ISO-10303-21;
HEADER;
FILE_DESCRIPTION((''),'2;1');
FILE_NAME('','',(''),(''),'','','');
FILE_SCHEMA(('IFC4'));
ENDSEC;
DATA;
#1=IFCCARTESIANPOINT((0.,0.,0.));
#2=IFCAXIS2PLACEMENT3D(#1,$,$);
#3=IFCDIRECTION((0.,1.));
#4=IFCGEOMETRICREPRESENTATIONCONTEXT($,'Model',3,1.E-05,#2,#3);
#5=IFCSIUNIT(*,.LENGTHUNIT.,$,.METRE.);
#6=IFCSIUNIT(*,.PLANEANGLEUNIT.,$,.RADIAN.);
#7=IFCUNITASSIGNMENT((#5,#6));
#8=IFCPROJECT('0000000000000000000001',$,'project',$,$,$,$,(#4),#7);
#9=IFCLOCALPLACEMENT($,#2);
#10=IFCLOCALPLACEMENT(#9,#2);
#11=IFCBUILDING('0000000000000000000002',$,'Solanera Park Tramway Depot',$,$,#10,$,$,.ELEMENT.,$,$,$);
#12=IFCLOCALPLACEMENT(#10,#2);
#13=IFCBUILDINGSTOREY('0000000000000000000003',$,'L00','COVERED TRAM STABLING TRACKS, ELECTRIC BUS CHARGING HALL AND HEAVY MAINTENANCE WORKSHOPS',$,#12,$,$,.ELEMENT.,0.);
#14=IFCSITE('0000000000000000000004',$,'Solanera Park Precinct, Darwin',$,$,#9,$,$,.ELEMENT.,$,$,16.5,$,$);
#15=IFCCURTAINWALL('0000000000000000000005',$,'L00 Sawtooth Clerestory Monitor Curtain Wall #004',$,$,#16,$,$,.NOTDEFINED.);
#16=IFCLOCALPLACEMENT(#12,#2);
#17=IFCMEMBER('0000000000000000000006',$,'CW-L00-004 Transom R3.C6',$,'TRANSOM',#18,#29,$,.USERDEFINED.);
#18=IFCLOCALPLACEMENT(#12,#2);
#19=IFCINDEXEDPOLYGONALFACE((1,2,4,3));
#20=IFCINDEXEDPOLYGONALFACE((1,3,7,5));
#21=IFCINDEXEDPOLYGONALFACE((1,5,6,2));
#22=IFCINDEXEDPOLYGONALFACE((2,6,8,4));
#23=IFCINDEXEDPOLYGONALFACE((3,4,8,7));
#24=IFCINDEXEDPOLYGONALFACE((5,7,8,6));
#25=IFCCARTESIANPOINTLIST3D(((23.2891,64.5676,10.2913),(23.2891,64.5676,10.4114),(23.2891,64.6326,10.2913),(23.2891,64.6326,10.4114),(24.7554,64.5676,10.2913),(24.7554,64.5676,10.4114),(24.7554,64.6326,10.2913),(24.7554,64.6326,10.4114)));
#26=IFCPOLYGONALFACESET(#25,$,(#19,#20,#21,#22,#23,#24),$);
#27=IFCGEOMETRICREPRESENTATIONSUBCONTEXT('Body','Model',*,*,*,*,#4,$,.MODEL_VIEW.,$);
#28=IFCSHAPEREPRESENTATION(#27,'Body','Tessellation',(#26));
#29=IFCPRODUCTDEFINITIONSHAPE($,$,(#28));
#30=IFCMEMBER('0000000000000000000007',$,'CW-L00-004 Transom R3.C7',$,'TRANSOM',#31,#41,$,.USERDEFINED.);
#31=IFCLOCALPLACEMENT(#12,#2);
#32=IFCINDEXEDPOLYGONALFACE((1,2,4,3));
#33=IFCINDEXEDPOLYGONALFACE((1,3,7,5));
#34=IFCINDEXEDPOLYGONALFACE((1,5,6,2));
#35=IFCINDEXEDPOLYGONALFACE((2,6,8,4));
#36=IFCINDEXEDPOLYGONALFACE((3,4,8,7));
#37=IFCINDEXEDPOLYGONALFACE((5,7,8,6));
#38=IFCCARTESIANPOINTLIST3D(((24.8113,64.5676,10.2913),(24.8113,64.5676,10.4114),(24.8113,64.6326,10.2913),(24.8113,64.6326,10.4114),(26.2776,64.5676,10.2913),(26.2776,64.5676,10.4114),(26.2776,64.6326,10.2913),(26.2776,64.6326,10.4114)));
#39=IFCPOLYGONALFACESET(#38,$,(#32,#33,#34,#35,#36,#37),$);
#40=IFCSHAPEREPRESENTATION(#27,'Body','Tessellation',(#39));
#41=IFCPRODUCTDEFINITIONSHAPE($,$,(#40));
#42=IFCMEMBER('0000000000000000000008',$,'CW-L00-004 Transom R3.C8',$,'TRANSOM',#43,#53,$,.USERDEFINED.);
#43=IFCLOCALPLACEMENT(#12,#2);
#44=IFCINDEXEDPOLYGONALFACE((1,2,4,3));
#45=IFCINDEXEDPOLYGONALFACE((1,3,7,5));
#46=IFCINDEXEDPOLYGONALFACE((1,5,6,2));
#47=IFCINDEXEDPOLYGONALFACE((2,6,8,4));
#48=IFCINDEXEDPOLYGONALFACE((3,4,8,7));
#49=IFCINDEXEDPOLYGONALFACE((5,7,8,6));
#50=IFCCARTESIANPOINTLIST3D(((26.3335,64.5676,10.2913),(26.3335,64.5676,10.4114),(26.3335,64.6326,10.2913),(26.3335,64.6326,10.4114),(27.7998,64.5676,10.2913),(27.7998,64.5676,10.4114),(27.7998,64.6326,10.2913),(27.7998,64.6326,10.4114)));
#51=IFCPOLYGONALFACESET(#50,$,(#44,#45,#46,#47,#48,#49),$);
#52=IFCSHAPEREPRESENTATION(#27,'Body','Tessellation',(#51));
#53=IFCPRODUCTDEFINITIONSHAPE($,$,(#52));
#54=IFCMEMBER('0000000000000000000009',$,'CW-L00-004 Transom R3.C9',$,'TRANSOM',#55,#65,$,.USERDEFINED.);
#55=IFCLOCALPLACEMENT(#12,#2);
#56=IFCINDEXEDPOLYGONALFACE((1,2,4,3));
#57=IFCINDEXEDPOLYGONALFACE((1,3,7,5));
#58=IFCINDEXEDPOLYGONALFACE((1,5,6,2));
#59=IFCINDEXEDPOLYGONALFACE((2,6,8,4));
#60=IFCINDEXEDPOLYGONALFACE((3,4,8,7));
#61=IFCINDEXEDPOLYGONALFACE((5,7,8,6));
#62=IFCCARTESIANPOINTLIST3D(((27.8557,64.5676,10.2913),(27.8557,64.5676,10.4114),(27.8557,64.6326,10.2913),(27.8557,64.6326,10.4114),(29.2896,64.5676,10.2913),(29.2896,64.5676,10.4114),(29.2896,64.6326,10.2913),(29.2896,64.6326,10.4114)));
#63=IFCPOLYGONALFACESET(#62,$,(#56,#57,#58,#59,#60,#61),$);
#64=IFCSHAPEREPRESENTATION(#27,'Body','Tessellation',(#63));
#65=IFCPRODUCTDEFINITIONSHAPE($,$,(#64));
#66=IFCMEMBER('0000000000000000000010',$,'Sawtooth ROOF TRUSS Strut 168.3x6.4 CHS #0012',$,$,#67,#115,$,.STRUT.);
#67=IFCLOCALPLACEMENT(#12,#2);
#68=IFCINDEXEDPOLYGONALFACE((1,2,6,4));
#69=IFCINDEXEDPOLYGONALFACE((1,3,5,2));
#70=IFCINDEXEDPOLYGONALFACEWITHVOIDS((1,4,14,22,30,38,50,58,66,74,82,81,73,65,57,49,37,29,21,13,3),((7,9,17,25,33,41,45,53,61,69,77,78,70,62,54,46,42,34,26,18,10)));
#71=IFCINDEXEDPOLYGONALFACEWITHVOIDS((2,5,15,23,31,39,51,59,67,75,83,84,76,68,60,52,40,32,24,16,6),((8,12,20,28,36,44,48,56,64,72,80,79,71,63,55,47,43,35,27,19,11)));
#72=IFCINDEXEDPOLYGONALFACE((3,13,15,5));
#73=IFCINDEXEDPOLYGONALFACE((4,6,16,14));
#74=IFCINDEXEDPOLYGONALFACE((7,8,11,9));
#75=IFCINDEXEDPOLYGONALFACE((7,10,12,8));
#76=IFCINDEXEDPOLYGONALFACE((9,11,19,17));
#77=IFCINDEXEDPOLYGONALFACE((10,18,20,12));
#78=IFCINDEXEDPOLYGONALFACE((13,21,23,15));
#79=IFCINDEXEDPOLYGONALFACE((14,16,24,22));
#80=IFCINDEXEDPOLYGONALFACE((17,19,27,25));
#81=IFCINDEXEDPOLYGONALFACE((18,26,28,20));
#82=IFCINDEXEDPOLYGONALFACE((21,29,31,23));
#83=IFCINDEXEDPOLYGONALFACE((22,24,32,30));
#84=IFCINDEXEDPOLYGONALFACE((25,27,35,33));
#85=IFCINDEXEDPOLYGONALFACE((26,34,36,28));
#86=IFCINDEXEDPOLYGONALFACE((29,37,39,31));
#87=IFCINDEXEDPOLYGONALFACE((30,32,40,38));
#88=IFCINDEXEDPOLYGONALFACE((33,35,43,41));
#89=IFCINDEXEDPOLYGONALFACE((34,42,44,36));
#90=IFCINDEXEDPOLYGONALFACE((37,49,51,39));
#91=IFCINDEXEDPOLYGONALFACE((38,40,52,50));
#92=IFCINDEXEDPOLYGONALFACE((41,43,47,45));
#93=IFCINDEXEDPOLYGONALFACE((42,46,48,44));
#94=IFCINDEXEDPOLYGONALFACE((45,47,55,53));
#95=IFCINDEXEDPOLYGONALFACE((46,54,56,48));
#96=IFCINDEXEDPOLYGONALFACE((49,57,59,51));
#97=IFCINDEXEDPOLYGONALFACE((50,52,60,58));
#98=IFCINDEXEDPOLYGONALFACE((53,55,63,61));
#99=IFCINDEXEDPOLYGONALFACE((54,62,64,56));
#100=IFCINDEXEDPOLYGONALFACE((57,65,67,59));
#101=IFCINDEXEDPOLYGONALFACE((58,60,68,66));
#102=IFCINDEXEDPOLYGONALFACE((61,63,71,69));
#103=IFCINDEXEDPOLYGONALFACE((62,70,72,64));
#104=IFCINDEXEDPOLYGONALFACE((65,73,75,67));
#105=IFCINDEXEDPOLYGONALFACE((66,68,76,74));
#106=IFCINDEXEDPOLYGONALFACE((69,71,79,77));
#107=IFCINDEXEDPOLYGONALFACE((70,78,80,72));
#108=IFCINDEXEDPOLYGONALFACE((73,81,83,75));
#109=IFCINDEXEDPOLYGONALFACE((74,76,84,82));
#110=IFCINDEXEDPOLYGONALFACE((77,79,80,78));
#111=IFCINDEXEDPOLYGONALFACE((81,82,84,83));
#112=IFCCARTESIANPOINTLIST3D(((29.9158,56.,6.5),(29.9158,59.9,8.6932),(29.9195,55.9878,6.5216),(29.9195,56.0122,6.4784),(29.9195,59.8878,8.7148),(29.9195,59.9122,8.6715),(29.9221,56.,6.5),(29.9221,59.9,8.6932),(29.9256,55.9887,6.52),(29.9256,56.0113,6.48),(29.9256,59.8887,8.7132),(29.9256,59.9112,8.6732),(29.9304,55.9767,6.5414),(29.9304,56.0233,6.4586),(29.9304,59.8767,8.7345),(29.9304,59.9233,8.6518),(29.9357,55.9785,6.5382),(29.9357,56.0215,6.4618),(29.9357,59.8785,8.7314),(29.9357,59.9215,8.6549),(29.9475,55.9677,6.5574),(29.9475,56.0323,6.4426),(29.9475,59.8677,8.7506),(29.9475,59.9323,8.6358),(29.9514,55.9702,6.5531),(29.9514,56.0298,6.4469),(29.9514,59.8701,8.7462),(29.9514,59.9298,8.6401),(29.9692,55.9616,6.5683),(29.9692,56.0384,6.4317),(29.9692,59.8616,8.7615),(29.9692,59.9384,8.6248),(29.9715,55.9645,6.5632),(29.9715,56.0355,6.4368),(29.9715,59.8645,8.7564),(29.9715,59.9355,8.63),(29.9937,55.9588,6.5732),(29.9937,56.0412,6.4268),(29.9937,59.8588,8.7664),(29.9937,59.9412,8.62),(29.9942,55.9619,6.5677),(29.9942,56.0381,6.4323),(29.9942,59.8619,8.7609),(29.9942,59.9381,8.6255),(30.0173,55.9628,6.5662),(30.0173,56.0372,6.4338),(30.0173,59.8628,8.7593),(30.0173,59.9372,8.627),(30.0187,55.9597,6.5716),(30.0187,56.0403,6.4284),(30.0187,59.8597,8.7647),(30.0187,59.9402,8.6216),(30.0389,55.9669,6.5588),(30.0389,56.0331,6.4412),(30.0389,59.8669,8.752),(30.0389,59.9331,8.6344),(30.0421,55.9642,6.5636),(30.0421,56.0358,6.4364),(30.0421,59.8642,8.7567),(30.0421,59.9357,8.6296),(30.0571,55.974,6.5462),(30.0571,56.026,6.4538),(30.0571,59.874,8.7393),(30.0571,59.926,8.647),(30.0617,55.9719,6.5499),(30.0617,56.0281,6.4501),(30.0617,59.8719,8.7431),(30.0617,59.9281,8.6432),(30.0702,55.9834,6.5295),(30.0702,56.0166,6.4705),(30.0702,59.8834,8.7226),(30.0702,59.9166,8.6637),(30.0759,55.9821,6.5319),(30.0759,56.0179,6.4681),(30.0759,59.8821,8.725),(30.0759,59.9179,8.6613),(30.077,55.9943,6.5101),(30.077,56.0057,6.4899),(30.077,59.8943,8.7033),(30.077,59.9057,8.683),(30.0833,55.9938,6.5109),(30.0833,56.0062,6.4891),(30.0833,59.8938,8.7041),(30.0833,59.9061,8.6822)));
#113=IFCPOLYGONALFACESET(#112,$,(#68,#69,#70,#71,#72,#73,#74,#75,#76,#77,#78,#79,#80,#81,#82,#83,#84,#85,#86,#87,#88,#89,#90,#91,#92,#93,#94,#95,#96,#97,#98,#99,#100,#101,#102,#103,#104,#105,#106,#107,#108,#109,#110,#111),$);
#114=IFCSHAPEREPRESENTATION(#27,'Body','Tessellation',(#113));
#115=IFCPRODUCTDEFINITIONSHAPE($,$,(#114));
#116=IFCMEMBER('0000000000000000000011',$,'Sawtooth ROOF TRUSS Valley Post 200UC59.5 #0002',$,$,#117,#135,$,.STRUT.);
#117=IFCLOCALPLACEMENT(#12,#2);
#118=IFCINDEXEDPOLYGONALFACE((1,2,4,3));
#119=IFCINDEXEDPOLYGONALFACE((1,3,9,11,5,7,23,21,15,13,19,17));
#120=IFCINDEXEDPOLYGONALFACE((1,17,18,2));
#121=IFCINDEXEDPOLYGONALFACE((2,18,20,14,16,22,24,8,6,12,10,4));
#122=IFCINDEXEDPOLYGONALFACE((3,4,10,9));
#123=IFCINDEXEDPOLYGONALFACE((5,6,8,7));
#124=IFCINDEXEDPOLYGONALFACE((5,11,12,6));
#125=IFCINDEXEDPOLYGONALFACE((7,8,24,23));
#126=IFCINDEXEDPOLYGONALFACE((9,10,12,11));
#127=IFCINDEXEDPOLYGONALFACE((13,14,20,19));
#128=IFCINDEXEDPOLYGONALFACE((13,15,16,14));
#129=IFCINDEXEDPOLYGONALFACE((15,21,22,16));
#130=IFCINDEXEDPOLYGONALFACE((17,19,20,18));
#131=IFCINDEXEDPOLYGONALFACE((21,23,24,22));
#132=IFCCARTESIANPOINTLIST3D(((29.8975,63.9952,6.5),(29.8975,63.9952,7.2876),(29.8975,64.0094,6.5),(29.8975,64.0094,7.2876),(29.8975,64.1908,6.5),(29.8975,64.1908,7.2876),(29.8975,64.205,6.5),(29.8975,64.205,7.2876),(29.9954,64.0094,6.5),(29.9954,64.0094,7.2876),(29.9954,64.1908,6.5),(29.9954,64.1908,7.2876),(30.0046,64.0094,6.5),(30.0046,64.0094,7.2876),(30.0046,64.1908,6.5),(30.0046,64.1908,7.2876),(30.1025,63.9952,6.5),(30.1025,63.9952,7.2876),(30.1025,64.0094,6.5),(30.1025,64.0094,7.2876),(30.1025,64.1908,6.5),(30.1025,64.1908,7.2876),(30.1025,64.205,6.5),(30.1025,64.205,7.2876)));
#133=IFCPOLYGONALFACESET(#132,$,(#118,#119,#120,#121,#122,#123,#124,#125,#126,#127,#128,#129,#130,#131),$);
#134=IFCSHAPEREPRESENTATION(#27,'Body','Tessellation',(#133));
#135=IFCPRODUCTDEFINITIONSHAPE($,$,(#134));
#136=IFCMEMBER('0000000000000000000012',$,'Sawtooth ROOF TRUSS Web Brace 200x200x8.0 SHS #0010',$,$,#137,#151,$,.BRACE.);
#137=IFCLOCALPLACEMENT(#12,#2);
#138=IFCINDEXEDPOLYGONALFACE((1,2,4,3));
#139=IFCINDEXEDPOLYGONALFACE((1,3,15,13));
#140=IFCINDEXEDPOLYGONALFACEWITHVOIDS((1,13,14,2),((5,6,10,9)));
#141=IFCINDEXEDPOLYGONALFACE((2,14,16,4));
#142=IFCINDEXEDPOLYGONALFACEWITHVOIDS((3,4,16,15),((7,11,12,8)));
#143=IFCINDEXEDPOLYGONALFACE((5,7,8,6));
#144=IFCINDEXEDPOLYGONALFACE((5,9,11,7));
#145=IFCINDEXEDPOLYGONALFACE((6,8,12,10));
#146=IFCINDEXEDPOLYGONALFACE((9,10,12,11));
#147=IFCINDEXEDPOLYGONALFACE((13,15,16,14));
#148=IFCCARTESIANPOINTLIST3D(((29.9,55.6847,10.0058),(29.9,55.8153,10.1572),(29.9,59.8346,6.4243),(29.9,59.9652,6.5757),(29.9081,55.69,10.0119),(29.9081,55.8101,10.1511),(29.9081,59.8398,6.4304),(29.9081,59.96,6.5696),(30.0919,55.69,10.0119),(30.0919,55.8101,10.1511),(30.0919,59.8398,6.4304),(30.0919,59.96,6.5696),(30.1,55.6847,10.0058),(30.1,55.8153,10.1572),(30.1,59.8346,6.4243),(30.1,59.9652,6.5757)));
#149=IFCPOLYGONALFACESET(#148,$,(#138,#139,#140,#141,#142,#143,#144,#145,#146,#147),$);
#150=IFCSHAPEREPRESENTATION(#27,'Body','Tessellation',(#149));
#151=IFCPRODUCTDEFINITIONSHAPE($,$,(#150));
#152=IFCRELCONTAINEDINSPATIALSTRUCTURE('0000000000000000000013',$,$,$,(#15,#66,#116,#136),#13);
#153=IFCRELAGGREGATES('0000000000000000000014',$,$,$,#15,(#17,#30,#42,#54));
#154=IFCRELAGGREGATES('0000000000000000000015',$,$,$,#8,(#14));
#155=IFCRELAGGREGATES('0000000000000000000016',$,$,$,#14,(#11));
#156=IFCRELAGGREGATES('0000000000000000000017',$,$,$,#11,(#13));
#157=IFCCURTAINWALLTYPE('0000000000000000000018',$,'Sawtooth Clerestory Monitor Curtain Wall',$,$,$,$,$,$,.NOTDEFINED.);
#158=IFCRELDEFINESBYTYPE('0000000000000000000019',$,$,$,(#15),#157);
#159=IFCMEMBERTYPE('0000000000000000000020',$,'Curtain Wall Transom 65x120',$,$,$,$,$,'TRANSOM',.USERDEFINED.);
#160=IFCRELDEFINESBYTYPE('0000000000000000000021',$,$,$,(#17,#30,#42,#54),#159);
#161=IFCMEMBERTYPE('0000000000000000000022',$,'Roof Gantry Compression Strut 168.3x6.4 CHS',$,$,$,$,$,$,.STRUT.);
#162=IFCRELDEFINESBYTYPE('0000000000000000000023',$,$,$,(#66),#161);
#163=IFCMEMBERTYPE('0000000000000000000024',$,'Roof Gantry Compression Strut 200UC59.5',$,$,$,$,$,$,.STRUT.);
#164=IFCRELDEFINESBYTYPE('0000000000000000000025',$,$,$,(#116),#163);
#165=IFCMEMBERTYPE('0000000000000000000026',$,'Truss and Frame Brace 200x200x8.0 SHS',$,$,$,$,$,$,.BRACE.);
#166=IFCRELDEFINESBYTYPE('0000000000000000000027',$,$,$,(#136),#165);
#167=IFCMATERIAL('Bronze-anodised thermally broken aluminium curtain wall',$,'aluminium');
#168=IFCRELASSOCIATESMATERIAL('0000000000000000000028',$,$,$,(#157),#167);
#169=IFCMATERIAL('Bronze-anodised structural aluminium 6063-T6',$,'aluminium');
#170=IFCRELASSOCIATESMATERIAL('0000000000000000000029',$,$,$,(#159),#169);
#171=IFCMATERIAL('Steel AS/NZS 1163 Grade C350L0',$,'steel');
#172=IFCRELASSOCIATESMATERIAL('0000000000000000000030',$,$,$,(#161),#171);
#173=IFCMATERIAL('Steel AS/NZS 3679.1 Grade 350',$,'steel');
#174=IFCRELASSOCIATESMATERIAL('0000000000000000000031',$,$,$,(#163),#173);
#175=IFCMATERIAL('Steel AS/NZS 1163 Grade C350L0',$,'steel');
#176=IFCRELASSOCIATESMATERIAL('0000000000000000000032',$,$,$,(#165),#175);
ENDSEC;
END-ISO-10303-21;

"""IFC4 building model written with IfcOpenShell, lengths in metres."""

from ifc_helpers import new_model, si_unit, direction, frame, origin, origin_2d, place, context, subcontext, project, spatial, rectangle, hollow_rectangle, hollow_circle, i_section, extrude, material, material_profile, profile_set, type_object, element, aggregate, save


model = new_model("IFC4")

# Units and contexts
model_context = context("Model", 3, precision=1e-05, world=origin(), true_north=direction((0.0, 1.0)))
body_context = subcontext(model_context, "Body", "Model", "MODEL_VIEW")
ifc_project = project(units=[si_unit("LENGTHUNIT", "METRE"), si_unit("PLANEANGLEUNIT", "RADIAN")], contexts=[model_context])

# Site, building, storey
site_placement = place(None, origin())
site = spatial("IfcSite", under=ifc_project, at=site_placement, Name="Solanera Park Precinct, Darwin", CompositionType="ELEMENT", RefElevation=16.5)
building_placement = place(site_placement, origin())
building = spatial("IfcBuilding", under=site, at=building_placement, Name="Solanera Park Tramway Depot", CompositionType="ELEMENT")
storey_placement = place(building_placement, origin())
storey = spatial("IfcBuildingStorey", under=building, at=storey_placement, Name="L00", Description="COVERED TRAM STABLING TRACKS, ELECTRIC BUS CHARGING HALL AND HEAVY MAINTENANCE WORKSHOPS", CompositionType="ELEMENT", Elevation=0.0)

# Curtain wall, members
ifc_material_1 = material(Name="Bronze-anodised thermally broken aluminium curtain wall", Category="aluminium")
curtain_wall_type = type_object("IfcCurtainWallType", Name="Sawtooth Clerestory Monitor Curtain Wall", PredefinedType="NOTDEFINED", material=ifc_material_1)
curtain_wall_placement = place(storey_placement, origin())
curtain_wall = element("IfcCurtainWall", 1, at=curtain_wall_placement, inside=storey, type_object=curtain_wall_type, Name="L00 Sawtooth Clerestory Monitor Curtain Wall #004", PredefinedType="NOTDEFINED")
ifc_material_2 = material(Name="Bronze-anodised structural aluminium 6063-T6", Category="aluminium")
ifc_material_profile_1 = material_profile(ifc_material_2, rectangle(XDim=0.0649, YDim=0.1201, at=origin_2d()), Name="Curtain Wall Transom 65x120")
ifc_profile_set_1 = profile_set([ifc_material_profile_1], Name="Bronze-anodised structural aluminium 6063-T6")
member_type_1 = type_object("IfcMemberType", Name="Curtain Wall Transom 65x120", ElementType="TRANSOM", PredefinedType="USERDEFINED", material=ifc_profile_set_1)
member_1_placement = place(storey_placement, frame((23.2891, 64.6001, 10.3513), z_axis=(1.0, 0.0, 0.0), x_axis=(0.0, 1.0, 0.0)))
member_1 = element("IfcMember", 2, at=member_1_placement, type_object=member_type_1, Name="CW-L00-004 Transom R3.C6", ObjectType="TRANSOM", PredefinedType="USERDEFINED", context=body_context, shape_type="SweptSolid", body=[
    extrude(rectangle(XDim=0.0649, YDim=0.1201, at=origin_2d()), origin(), (0.0, 0.0, 1.0), 1.4663),
])
member_2_placement = place(storey_placement, frame((24.8113, 64.6001, 10.3513), z_axis=(1.0, 0.0, 0.0), x_axis=(0.0, 1.0, 0.0)))
member_2 = element("IfcMember", 3, at=member_2_placement, type_object=member_type_1, Name="CW-L00-004 Transom R3.C7", ObjectType="TRANSOM", PredefinedType="USERDEFINED", context=body_context, shape_type="SweptSolid", body=[
    extrude(rectangle(XDim=0.0649, YDim=0.1201, at=origin_2d()), origin(), (0.0, 0.0, 1.0), 1.4663),
])
member_3_placement = place(storey_placement, frame((26.3335, 64.6001, 10.3513), z_axis=(1.0, 0.0, 0.0), x_axis=(0.0, 1.0, 0.0)))
member_3 = element("IfcMember", 4, at=member_3_placement, type_object=member_type_1, Name="CW-L00-004 Transom R3.C8", ObjectType="TRANSOM", PredefinedType="USERDEFINED", context=body_context, shape_type="SweptSolid", body=[
    extrude(rectangle(XDim=0.0649, YDim=0.1201, at=origin_2d()), origin(), (0.0, 0.0, 1.0), 1.4663),
])
member_4_placement = place(storey_placement, frame((27.8557, 64.6001, 10.3513), z_axis=(1.0, 0.0, 0.0), x_axis=(0.0, 1.0, 0.0)))
member_4 = element("IfcMember", 5, at=member_4_placement, type_object=member_type_1, Name="CW-L00-004 Transom R3.C9", ObjectType="TRANSOM", PredefinedType="USERDEFINED", context=body_context, shape_type="SweptSolid", body=[
    extrude(rectangle(XDim=0.0649, YDim=0.1201, at=origin_2d()), origin(), (0.0, 0.0, 1.0), 1.4338),
])

# Members
ifc_material_3 = material(Name="Steel AS/NZS 1163 Grade C350L0", Category="steel")
ifc_material_profile_2 = material_profile(ifc_material_3, hollow_circle(Radius=0.0842, WallThickness=0.0063, at=origin_2d()), Name="168.3x6.4 CHS")
ifc_profile_set_2 = profile_set([ifc_material_profile_2], Name="Steel AS/NZS 1163 Grade C350L0")
member_type_2 = type_object("IfcMemberType", Name="Roof Gantry Compression Strut 168.3x6.4 CHS", PredefinedType="STRUT", material=ifc_profile_set_2)
member_5_placement = place(storey_placement, frame((30.0, 56.0, 6.5), z_axis=(0.0, 0.871631, 0.490163), x_axis=(-1.0, 0.0, 0.0)))
element("IfcMember", 6, at=member_5_placement, inside=storey, type_object=member_type_2, Name="Sawtooth ROOF TRUSS Strut 168.3x6.4 CHS #0012", PredefinedType="STRUT", context=body_context, shape_type="SweptSolid", body=[
    extrude(hollow_circle(Radius=0.0842, WallThickness=0.0063, at=origin_2d()), origin(), (0.0, 0.0, 1.0), 4.4744),
])
ifc_material_4 = material(Name="Steel AS/NZS 3679.1 Grade 350", Category="steel")
ifc_material_profile_3 = material_profile(ifc_material_4, i_section(OverallWidth=0.2051, OverallDepth=0.2097, WebThickness=0.0093, FlangeThickness=0.0142, at=origin_2d()), Name="200UC59.5")
ifc_profile_set_3 = profile_set([ifc_material_profile_3], Name="Steel AS/NZS 3679.1 Grade 350")
member_type_3 = type_object("IfcMemberType", Name="Roof Gantry Compression Strut 200UC59.5", PredefinedType="STRUT", material=ifc_profile_set_3)
member_6_placement = place(storey_placement, frame((30.0, 64.1001, 6.5), z_axis=(0.0, 0.0, 1.0), x_axis=(1.0, 0.0, 0.0)))
element("IfcMember", 7, at=member_6_placement, inside=storey, type_object=member_type_3, Name="Sawtooth ROOF TRUSS Valley Post 200UC59.5 #0002", PredefinedType="STRUT", context=body_context, shape_type="SweptSolid", body=[
    extrude(i_section(OverallWidth=0.2051, OverallDepth=0.2097, WebThickness=0.0093, FlangeThickness=0.0142, at=origin_2d()), origin(), (0.0, 0.0, 1.0), 0.7876),
])
ifc_material_5 = material(Name="Steel AS/NZS 1163 Grade C350L0", Category="steel")
ifc_material_profile_4 = material_profile(ifc_material_5, hollow_rectangle(XDim=0.2, YDim=0.2, WallThickness=0.0081, at=origin_2d()), Name="200x200x8.0 SHS")
ifc_profile_set_4 = profile_set([ifc_material_profile_4], Name="Steel AS/NZS 1163 Grade C350L0")
member_type_4 = type_object("IfcMemberType", Name="Truss and Frame Brace 200x200x8.0 SHS", PredefinedType="BRACE", material=ifc_profile_set_4)
member_7_placement = place(storey_placement, frame((30.0, 59.8999, 6.5), z_axis=(0.0, -0.757045, 0.653362), x_axis=(1.0, 0.0, 0.0)))
element("IfcMember", 8, at=member_7_placement, inside=storey, type_object=member_type_4, Name="Sawtooth ROOF TRUSS Web Brace 200x200x8.0 SHS #0010", PredefinedType="BRACE", context=body_context, shape_type="SweptSolid", body=[
    extrude(hollow_rectangle(XDim=0.2, YDim=0.2, WallThickness=0.0081, at=origin_2d()), origin(), (0.0, 0.0, 1.0), 5.4817),
])

aggregate(curtain_wall, [member_1, member_2, member_3, member_4])

save(model, "model.ifc")
